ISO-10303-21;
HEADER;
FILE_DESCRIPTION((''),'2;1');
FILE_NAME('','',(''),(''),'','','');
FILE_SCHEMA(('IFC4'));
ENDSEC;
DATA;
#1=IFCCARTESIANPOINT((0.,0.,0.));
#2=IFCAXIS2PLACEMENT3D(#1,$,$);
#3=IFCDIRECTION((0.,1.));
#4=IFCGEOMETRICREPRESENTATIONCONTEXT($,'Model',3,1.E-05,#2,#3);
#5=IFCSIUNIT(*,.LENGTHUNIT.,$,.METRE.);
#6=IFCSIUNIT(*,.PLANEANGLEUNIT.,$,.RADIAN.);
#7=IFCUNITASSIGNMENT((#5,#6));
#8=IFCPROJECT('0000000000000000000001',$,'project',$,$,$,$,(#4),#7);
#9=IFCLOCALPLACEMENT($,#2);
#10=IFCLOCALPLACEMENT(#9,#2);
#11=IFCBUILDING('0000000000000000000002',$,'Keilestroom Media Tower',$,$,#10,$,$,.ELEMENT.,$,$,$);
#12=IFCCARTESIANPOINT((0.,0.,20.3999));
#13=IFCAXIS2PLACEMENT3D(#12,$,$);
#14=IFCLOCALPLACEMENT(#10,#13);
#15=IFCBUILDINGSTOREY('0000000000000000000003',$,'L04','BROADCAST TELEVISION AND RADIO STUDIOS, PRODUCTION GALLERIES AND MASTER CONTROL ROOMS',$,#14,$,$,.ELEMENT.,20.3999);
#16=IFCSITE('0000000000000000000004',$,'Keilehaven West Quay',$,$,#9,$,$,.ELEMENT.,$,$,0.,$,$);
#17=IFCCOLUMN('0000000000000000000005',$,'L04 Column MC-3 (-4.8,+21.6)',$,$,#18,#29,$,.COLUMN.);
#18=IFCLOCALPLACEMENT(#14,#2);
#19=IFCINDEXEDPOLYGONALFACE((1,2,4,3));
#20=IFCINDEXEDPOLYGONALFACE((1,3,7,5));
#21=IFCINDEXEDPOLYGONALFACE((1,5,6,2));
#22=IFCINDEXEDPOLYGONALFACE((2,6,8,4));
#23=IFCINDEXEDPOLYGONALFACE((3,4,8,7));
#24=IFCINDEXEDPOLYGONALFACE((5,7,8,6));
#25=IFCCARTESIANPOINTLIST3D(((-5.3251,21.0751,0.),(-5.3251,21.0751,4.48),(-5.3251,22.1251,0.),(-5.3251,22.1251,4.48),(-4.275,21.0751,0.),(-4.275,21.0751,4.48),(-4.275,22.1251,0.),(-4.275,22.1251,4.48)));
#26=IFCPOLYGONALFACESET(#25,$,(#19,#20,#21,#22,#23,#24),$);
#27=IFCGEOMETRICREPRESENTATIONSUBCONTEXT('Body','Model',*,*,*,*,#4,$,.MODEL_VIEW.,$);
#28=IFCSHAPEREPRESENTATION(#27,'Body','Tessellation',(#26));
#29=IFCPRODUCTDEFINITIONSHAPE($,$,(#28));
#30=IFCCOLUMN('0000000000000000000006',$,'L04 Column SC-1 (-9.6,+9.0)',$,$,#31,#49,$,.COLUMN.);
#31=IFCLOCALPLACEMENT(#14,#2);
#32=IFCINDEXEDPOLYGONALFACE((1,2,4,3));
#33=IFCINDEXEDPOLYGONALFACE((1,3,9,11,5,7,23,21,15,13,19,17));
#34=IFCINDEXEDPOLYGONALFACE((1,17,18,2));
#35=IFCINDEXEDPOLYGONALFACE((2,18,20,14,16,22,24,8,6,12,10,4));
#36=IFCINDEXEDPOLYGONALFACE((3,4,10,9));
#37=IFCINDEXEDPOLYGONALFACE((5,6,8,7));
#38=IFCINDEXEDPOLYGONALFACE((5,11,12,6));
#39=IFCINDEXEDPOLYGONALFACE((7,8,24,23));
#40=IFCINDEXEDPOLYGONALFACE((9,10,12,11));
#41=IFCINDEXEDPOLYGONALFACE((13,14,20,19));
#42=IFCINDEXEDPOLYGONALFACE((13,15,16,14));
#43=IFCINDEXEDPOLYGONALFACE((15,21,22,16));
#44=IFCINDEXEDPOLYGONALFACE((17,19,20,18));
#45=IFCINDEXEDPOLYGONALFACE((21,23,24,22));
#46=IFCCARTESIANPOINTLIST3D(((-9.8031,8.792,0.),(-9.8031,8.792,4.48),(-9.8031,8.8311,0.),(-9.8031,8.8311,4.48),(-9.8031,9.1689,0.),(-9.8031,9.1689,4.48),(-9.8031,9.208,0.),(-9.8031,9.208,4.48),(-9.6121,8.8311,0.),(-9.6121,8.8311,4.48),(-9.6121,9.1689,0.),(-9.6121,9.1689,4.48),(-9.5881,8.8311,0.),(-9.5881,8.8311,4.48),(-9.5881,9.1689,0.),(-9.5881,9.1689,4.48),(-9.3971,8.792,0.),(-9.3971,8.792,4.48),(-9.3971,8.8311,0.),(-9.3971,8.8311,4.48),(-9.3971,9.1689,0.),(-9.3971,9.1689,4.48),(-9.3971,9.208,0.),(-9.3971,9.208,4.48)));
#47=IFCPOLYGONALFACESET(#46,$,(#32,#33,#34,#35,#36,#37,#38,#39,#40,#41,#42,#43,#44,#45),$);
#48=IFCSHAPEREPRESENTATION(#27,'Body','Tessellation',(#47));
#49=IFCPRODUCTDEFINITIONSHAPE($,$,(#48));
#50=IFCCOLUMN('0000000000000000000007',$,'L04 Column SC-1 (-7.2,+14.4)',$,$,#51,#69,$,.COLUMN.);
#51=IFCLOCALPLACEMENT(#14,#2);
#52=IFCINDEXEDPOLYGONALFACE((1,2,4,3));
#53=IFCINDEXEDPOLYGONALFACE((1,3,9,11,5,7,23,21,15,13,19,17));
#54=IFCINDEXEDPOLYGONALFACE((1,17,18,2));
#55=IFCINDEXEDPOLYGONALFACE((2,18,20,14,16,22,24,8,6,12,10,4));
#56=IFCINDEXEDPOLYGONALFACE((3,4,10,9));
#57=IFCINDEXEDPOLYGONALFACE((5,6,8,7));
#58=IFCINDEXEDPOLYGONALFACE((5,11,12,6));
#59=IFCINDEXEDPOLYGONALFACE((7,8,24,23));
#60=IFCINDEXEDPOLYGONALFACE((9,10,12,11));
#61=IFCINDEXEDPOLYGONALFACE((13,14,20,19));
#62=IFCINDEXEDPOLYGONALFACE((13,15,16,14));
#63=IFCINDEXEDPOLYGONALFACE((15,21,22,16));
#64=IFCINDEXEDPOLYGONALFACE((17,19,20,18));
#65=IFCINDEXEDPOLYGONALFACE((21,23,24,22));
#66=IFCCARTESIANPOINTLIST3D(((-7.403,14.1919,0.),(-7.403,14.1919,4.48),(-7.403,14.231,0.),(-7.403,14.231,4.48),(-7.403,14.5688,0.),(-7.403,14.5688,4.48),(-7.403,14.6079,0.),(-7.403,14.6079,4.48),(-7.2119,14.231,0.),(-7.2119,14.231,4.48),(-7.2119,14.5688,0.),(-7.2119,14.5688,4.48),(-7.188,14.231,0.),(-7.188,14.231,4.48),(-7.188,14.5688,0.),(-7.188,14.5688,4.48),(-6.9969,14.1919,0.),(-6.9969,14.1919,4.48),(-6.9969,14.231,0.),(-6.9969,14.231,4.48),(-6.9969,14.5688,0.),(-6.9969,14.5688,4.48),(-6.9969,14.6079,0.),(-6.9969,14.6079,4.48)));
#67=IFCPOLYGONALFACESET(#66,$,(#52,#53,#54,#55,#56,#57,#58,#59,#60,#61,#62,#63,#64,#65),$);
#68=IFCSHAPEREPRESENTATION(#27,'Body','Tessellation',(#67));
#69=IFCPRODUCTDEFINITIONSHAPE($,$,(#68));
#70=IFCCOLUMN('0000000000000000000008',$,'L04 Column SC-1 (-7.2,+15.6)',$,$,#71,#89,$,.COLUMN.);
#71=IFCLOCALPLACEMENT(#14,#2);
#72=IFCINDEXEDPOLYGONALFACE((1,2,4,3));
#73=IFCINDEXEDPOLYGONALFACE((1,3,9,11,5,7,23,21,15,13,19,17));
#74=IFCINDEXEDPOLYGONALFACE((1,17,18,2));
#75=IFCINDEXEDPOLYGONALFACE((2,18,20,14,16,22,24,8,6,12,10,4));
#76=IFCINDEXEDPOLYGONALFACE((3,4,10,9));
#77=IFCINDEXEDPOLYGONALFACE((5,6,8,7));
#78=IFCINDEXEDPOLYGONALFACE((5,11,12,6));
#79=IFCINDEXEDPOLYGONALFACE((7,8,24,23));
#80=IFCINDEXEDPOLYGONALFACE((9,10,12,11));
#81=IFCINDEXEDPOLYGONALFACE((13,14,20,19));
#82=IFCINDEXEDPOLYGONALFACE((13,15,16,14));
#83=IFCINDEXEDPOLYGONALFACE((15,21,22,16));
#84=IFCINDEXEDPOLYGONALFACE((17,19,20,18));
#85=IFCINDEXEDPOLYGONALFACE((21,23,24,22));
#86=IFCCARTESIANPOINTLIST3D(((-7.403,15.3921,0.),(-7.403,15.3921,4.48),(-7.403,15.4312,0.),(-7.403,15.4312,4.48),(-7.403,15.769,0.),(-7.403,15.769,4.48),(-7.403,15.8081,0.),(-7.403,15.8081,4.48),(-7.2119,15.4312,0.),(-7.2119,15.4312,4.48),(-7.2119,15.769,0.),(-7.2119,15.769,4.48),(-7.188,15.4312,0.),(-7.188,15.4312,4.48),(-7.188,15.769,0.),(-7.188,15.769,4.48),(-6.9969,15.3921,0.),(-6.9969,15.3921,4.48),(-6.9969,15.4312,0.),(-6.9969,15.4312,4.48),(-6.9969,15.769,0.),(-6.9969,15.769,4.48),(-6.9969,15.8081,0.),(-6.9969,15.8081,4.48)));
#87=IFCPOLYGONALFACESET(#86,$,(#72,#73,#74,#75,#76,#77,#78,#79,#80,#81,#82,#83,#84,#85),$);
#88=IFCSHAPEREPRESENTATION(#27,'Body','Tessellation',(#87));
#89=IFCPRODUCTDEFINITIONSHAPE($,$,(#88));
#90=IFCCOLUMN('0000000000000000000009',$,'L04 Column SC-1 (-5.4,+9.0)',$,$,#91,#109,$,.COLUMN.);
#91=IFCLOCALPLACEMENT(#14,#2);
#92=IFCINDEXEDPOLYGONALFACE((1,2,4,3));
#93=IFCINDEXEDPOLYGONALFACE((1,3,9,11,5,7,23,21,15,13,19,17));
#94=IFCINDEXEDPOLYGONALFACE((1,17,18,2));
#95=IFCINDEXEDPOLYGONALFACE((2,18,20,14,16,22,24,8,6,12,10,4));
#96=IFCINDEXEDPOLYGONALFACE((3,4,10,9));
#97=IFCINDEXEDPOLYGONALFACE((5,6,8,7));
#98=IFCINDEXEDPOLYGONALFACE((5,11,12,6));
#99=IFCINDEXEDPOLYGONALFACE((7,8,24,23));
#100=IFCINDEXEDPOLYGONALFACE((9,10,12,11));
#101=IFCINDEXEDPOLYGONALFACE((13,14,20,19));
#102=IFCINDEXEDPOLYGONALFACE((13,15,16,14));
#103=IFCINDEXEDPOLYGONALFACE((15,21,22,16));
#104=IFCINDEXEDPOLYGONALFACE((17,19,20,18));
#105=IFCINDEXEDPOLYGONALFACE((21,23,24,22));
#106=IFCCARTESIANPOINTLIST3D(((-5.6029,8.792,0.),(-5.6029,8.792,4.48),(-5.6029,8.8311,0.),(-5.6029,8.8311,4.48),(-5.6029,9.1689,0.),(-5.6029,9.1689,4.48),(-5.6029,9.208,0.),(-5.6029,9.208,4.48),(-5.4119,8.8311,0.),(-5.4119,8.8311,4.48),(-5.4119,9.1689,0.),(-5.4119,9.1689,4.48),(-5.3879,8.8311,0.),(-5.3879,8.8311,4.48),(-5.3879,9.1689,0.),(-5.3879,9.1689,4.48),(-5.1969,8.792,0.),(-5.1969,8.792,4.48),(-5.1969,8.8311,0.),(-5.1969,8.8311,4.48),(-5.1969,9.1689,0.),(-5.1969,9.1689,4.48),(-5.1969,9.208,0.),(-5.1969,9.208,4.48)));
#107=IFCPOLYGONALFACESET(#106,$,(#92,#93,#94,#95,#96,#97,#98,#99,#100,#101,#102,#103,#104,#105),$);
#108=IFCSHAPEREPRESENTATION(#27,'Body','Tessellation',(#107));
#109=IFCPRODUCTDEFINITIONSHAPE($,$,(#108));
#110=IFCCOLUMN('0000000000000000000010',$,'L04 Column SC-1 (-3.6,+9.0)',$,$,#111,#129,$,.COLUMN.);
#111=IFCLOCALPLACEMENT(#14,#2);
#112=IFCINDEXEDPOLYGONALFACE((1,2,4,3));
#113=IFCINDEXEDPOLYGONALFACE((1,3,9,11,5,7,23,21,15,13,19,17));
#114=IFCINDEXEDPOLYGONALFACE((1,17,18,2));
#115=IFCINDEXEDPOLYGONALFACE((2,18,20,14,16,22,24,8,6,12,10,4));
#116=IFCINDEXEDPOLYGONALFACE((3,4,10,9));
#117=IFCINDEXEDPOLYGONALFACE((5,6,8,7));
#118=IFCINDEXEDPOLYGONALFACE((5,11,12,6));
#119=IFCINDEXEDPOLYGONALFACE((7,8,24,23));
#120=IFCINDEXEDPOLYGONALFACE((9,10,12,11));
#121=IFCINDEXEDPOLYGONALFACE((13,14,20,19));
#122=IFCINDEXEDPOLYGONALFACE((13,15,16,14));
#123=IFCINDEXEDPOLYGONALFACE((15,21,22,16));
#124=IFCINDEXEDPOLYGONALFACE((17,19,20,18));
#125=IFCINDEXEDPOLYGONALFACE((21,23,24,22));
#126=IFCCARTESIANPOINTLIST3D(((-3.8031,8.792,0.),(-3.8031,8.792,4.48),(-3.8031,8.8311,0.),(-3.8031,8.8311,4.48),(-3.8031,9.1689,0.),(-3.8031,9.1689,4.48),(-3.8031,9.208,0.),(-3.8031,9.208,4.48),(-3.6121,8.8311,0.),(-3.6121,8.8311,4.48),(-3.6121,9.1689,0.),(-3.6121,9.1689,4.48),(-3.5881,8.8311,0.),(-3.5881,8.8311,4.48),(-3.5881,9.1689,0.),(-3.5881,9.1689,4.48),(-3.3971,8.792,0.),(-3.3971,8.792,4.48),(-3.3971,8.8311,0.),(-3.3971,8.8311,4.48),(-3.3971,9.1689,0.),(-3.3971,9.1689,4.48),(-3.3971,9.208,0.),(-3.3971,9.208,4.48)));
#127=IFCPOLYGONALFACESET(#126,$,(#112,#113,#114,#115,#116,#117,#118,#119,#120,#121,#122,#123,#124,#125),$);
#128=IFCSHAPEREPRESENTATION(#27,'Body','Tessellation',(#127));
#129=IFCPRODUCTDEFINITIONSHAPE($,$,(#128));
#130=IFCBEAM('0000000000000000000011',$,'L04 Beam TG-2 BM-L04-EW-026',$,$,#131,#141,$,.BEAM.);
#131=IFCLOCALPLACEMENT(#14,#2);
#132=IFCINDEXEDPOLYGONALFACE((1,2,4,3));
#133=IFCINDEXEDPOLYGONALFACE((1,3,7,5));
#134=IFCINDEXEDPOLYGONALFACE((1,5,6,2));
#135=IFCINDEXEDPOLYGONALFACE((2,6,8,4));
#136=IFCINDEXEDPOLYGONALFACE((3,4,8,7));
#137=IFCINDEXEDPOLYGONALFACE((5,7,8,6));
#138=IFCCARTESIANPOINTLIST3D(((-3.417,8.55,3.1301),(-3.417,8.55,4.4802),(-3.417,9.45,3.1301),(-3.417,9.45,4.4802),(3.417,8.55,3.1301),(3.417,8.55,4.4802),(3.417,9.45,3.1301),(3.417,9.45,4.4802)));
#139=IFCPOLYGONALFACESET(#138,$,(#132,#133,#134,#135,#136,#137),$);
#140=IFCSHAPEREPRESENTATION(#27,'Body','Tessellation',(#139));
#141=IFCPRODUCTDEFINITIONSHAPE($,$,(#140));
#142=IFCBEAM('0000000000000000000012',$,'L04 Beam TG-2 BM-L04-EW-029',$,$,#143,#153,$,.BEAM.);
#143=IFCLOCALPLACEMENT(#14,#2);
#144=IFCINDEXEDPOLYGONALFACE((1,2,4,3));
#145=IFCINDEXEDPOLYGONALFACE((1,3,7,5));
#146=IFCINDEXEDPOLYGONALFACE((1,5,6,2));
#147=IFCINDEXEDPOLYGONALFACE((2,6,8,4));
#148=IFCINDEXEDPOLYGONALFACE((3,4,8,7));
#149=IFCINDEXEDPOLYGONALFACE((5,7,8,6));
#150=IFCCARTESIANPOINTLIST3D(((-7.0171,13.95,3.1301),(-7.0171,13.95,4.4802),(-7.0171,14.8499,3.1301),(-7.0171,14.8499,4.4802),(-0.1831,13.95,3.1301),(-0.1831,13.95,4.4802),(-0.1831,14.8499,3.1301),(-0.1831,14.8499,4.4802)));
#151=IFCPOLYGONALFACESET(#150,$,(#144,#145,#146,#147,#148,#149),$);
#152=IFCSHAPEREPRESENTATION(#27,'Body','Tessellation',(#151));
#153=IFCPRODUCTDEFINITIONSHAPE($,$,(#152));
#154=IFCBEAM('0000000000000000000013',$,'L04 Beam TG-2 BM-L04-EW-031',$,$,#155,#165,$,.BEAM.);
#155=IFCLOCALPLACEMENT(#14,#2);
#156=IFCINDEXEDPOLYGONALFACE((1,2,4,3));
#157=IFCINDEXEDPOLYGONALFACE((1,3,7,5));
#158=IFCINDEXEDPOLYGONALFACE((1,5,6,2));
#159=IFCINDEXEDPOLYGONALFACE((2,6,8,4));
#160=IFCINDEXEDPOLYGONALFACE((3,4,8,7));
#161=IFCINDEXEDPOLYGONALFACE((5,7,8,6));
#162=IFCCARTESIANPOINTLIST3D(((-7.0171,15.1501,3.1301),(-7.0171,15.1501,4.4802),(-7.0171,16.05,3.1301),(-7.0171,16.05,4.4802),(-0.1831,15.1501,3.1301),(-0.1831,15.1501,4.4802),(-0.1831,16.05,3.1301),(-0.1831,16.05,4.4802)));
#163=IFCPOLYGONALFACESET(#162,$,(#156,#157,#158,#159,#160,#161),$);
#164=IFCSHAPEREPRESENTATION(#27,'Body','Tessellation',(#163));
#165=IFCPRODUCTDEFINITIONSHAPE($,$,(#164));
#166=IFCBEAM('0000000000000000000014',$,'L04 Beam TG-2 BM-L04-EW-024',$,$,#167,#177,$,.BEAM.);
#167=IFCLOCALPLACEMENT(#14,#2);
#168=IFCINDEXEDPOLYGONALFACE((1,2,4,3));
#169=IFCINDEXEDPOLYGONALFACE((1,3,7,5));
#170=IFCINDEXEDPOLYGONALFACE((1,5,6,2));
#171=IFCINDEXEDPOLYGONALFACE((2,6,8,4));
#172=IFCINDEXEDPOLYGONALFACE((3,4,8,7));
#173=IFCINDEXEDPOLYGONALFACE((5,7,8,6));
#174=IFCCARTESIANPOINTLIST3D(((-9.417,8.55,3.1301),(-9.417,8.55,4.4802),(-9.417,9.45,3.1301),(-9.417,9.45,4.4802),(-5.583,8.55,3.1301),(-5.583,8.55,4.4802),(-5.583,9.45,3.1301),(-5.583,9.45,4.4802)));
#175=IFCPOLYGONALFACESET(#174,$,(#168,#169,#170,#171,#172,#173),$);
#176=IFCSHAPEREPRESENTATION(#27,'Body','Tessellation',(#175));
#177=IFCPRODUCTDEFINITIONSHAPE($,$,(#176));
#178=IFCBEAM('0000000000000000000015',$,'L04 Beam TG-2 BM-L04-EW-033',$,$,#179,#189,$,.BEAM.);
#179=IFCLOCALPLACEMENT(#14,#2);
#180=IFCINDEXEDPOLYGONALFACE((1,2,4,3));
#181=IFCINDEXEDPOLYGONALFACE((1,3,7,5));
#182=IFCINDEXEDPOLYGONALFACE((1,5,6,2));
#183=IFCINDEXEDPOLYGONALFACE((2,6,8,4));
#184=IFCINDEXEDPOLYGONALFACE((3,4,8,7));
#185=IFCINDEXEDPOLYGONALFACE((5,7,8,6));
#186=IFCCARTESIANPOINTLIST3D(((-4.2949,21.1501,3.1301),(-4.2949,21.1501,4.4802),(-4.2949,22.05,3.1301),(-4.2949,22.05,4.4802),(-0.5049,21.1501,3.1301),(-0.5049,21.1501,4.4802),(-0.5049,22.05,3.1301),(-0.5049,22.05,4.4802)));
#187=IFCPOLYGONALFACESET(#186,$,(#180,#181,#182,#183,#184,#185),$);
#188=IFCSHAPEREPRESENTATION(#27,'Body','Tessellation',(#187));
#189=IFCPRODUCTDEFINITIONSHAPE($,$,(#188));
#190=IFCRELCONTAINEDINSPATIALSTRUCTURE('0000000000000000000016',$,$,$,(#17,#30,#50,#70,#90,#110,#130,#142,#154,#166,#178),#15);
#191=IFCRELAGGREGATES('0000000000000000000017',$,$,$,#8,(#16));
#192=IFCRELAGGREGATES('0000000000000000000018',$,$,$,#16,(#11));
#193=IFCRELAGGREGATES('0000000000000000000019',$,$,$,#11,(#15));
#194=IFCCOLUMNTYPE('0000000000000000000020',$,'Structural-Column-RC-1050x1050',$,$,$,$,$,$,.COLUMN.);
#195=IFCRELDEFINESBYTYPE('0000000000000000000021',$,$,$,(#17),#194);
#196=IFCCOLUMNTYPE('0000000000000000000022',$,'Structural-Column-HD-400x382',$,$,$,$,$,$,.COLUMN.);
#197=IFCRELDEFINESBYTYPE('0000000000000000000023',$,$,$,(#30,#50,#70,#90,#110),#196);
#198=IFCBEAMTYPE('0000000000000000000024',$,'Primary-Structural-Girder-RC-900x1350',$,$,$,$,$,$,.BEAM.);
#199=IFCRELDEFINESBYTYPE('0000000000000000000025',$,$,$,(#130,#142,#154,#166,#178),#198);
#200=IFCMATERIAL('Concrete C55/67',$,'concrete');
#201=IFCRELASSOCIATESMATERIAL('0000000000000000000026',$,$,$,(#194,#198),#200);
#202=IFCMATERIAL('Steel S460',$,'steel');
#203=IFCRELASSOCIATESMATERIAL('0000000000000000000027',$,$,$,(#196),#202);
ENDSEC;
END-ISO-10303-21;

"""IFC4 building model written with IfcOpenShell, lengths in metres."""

from ifc_helpers import new_model, si_unit, direction, frame, origin, origin_2d, place, context, subcontext, project, spatial, rectangle, i_section, extrude, source, transform, mapped, material, material_profile, profile_set, type_object, element, save


model = new_model("IFC4")

# Units and contexts
model_context = context("Model", 3, precision=1e-05, world=origin(), true_north=direction((0.0, 1.0)))
body_context = subcontext(model_context, "Body", "Model", "MODEL_VIEW")
ifc_project = project(units=[si_unit("LENGTHUNIT", "METRE"), si_unit("PLANEANGLEUNIT", "RADIAN")], contexts=[model_context])

# Site, building, storey
site_placement = place(None, origin())
site = spatial("IfcSite", under=ifc_project, at=site_placement, Name="Keilehaven West Quay", CompositionType="ELEMENT", RefElevation=0.0)
building_placement = place(site_placement, origin())
building = spatial("IfcBuilding", under=site, at=building_placement, Name="Keilestroom Media Tower", CompositionType="ELEMENT")
storey_placement = place(building_placement, frame((0.0, 0.0, 20.3999)))
storey = spatial("IfcBuildingStorey", under=building, at=storey_placement, Name="L04", Description="BROADCAST TELEVISION AND RADIO STUDIOS, PRODUCTION GALLERIES AND MASTER CONTROL ROOMS", CompositionType="ELEMENT", Elevation=20.3999)

# Columns
ifc_material_1 = material(Name="Concrete C55/67", Category="concrete")
ifc_material_profile_1 = material_profile(ifc_material_1, rectangle(XDim=1.05, YDim=1.05, at=origin_2d()), Name="RC 1050x1050")
ifc_profile_set_1 = profile_set([ifc_material_profile_1], Name="Concrete C55/67")
column_type_1 = type_object("IfcColumnType", Name="Structural-Column-RC-1050x1050", PredefinedType="COLUMN", material=ifc_profile_set_1)
shared_shape_1 = source(origin(), body_context, "Body", "SweptSolid", [
    extrude(rectangle(XDim=1.05, YDim=1.05, at=origin_2d()), origin(), (0.0, 0.0, 1.0), 4.48),
])
column_placement = place(storey_placement, frame((-4.8, 21.6001, 0.0), z_axis=(0.0, 0.0, 1.0), x_axis=(1.0, 0.0, 0.0)))
element("IfcColumn", 1, at=column_placement, inside=storey, type_object=column_type_1, Name="L04 Column MC-3 (-4.8,+21.6)", PredefinedType="COLUMN", context=body_context, shape_type="MappedRepresentation", body=[
    mapped(shared_shape_1, transform((0.0, 0.0, 0.0), x_axis=(1.0, 0.0, 0.0), y_axis=(0.0, 1.0, 0.0), z_axis=(0.0, 0.0, 1.0), scale=1.0)),
])
ifc_material_2 = material(Name="Steel S460", Category="steel")
ifc_material_profile_2 = material_profile(ifc_material_2, i_section(OverallWidth=0.406, OverallDepth=0.416, WebThickness=0.0239, FlangeThickness=0.0391, at=origin_2d()), Name="HD 400x382")
ifc_profile_set_2 = profile_set([ifc_material_profile_2], Name="Steel S460")
column_type_2 = type_object("IfcColumnType", Name="Structural-Column-HD-400x382", PredefinedType="COLUMN", material=ifc_profile_set_2)
shared_shape_2 = source(origin(), body_context, "Body", "SweptSolid", [
    extrude(i_section(OverallWidth=0.406, OverallDepth=0.416, WebThickness=0.0239, FlangeThickness=0.0391, at=origin_2d()), origin(), (0.0, 0.0, 1.0), 4.48),
])
for number, where, z_axis, x_axis, name in (
    (2, (-9.6001, 9.0, 0.0), (0.0, 0.0, 1.0), (1.0, 0.0, 0.0), "L04 Column SC-1 (-9.6,+9.0)"),
    (3, (-7.2, 14.3999, 0.0), (0.0, 0.0, 1.0), (1.0, 0.0, 0.0), "L04 Column SC-1 (-7.2,+14.4)"),
    (4, (-7.2, 15.6001, 0.0), (0.0, 0.0, 1.0), (1.0, 0.0, 0.0), "L04 Column SC-1 (-7.2,+15.6)"),
    (5, (-5.3999, 9.0, 0.0), (0.0, 0.0, 1.0), (1.0, 0.0, 0.0), "L04 Column SC-1 (-5.4,+9.0)"),
    (6, (-3.6001, 9.0, 0.0), (0.0, 0.0, 1.0), (1.0, 0.0, 0.0), "L04 Column SC-1 (-3.6,+9.0)"),
):
    element("IfcColumn", number, at=place(storey_placement, frame(where, z_axis=z_axis, x_axis=x_axis)), inside=storey, type_object=column_type_2, Name=name, PredefinedType="COLUMN", context=body_context, shape_type="MappedRepresentation", body=[
        mapped(shared_shape_2, transform((0.0, 0.0, 0.0), x_axis=(1.0, 0.0, 0.0), y_axis=(0.0, 1.0, 0.0), z_axis=(0.0, 0.0, 1.0), scale=1.0)),
    ])

# Beams
ifc_material_profile_3 = material_profile(ifc_material_1, rectangle(XDim=0.8999, YDim=1.3501, at=origin_2d()), Name="RC 900x1350")
ifc_profile_set_3 = profile_set([ifc_material_profile_3], Name="Concrete C55/67")
beam_type = type_object("IfcBeamType", Name="Primary-Structural-Girder-RC-900x1350", PredefinedType="BEAM", material=ifc_profile_set_3)
shared_shape_3 = source(origin(), body_context, "Body", "SweptSolid", [
    extrude(rectangle(XDim=0.8999, YDim=1.3501, at=origin_2d()), origin(), (0.0, 0.0, 1.0), 6.834),
])
for number, where, z_axis, x_axis, name in (
    (7, (-3.417, 9.0, 3.8052), (1.0, 0.0, 0.0), (0.0, 1.0, 0.0), "L04 Beam TG-2 BM-L04-EW-026"),
    (8, (-7.0171, 14.3999, 3.8052), (1.0, 0.0, 0.0), (0.0, 1.0, 0.0), "L04 Beam TG-2 BM-L04-EW-029"),
    (9, (-7.0171, 15.6001, 3.8052), (1.0, 0.0, 0.0), (0.0, 1.0, 0.0), "L04 Beam TG-2 BM-L04-EW-031"),
):
    element("IfcBeam", number, at=place(storey_placement, frame(where, z_axis=z_axis, x_axis=x_axis)), inside=storey, type_object=beam_type, Name=name, PredefinedType="BEAM", context=body_context, shape_type="MappedRepresentation", body=[
        mapped(shared_shape_3, transform((0.0, 0.0, 0.0), x_axis=(1.0, 0.0, 0.0), y_axis=(0.0, 1.0, 0.0), z_axis=(0.0, 0.0, 1.0), scale=1.0)),
    ])
shared_shape_4 = source(origin(), body_context, "Body", "SweptSolid", [
    extrude(rectangle(XDim=0.8999, YDim=1.3501, at=origin_2d()), origin(), (0.0, 0.0, 1.0), 3.834),
])
beam_1_placement = place(storey_placement, frame((-9.417, 9.0, 3.8052), z_axis=(1.0, 0.0, 0.0), x_axis=(0.0, 1.0, 0.0)))
element("IfcBeam", 10, at=beam_1_placement, inside=storey, type_object=beam_type, Name="L04 Beam TG-2 BM-L04-EW-024", PredefinedType="BEAM", context=body_context, shape_type="MappedRepresentation", body=[
    mapped(shared_shape_4, transform((0.0, 0.0, 0.0), x_axis=(1.0, 0.0, 0.0), y_axis=(0.0, 1.0, 0.0), z_axis=(0.0, 0.0, 1.0), scale=1.0)),
])
shared_shape_5 = source(origin(), body_context, "Body", "SweptSolid", [
    extrude(rectangle(XDim=0.8999, YDim=1.3501, at=origin_2d()), origin(), (0.0, 0.0, 1.0), 3.79),
])
beam_2_placement = place(storey_placement, frame((-4.2949, 21.6001, 3.8052), z_axis=(1.0, 0.0, 0.0), x_axis=(0.0, 1.0, 0.0)))
element("IfcBeam", 11, at=beam_2_placement, inside=storey, type_object=beam_type, Name="L04 Beam TG-2 BM-L04-EW-033", PredefinedType="BEAM", context=body_context, shape_type="MappedRepresentation", body=[
    mapped(shared_shape_5, transform((0.0, 0.0, 0.0), x_axis=(1.0, 0.0, 0.0), y_axis=(0.0, 1.0, 0.0), z_axis=(0.0, 0.0, 1.0), scale=1.0)),
])

save(model, "model.ifc")
